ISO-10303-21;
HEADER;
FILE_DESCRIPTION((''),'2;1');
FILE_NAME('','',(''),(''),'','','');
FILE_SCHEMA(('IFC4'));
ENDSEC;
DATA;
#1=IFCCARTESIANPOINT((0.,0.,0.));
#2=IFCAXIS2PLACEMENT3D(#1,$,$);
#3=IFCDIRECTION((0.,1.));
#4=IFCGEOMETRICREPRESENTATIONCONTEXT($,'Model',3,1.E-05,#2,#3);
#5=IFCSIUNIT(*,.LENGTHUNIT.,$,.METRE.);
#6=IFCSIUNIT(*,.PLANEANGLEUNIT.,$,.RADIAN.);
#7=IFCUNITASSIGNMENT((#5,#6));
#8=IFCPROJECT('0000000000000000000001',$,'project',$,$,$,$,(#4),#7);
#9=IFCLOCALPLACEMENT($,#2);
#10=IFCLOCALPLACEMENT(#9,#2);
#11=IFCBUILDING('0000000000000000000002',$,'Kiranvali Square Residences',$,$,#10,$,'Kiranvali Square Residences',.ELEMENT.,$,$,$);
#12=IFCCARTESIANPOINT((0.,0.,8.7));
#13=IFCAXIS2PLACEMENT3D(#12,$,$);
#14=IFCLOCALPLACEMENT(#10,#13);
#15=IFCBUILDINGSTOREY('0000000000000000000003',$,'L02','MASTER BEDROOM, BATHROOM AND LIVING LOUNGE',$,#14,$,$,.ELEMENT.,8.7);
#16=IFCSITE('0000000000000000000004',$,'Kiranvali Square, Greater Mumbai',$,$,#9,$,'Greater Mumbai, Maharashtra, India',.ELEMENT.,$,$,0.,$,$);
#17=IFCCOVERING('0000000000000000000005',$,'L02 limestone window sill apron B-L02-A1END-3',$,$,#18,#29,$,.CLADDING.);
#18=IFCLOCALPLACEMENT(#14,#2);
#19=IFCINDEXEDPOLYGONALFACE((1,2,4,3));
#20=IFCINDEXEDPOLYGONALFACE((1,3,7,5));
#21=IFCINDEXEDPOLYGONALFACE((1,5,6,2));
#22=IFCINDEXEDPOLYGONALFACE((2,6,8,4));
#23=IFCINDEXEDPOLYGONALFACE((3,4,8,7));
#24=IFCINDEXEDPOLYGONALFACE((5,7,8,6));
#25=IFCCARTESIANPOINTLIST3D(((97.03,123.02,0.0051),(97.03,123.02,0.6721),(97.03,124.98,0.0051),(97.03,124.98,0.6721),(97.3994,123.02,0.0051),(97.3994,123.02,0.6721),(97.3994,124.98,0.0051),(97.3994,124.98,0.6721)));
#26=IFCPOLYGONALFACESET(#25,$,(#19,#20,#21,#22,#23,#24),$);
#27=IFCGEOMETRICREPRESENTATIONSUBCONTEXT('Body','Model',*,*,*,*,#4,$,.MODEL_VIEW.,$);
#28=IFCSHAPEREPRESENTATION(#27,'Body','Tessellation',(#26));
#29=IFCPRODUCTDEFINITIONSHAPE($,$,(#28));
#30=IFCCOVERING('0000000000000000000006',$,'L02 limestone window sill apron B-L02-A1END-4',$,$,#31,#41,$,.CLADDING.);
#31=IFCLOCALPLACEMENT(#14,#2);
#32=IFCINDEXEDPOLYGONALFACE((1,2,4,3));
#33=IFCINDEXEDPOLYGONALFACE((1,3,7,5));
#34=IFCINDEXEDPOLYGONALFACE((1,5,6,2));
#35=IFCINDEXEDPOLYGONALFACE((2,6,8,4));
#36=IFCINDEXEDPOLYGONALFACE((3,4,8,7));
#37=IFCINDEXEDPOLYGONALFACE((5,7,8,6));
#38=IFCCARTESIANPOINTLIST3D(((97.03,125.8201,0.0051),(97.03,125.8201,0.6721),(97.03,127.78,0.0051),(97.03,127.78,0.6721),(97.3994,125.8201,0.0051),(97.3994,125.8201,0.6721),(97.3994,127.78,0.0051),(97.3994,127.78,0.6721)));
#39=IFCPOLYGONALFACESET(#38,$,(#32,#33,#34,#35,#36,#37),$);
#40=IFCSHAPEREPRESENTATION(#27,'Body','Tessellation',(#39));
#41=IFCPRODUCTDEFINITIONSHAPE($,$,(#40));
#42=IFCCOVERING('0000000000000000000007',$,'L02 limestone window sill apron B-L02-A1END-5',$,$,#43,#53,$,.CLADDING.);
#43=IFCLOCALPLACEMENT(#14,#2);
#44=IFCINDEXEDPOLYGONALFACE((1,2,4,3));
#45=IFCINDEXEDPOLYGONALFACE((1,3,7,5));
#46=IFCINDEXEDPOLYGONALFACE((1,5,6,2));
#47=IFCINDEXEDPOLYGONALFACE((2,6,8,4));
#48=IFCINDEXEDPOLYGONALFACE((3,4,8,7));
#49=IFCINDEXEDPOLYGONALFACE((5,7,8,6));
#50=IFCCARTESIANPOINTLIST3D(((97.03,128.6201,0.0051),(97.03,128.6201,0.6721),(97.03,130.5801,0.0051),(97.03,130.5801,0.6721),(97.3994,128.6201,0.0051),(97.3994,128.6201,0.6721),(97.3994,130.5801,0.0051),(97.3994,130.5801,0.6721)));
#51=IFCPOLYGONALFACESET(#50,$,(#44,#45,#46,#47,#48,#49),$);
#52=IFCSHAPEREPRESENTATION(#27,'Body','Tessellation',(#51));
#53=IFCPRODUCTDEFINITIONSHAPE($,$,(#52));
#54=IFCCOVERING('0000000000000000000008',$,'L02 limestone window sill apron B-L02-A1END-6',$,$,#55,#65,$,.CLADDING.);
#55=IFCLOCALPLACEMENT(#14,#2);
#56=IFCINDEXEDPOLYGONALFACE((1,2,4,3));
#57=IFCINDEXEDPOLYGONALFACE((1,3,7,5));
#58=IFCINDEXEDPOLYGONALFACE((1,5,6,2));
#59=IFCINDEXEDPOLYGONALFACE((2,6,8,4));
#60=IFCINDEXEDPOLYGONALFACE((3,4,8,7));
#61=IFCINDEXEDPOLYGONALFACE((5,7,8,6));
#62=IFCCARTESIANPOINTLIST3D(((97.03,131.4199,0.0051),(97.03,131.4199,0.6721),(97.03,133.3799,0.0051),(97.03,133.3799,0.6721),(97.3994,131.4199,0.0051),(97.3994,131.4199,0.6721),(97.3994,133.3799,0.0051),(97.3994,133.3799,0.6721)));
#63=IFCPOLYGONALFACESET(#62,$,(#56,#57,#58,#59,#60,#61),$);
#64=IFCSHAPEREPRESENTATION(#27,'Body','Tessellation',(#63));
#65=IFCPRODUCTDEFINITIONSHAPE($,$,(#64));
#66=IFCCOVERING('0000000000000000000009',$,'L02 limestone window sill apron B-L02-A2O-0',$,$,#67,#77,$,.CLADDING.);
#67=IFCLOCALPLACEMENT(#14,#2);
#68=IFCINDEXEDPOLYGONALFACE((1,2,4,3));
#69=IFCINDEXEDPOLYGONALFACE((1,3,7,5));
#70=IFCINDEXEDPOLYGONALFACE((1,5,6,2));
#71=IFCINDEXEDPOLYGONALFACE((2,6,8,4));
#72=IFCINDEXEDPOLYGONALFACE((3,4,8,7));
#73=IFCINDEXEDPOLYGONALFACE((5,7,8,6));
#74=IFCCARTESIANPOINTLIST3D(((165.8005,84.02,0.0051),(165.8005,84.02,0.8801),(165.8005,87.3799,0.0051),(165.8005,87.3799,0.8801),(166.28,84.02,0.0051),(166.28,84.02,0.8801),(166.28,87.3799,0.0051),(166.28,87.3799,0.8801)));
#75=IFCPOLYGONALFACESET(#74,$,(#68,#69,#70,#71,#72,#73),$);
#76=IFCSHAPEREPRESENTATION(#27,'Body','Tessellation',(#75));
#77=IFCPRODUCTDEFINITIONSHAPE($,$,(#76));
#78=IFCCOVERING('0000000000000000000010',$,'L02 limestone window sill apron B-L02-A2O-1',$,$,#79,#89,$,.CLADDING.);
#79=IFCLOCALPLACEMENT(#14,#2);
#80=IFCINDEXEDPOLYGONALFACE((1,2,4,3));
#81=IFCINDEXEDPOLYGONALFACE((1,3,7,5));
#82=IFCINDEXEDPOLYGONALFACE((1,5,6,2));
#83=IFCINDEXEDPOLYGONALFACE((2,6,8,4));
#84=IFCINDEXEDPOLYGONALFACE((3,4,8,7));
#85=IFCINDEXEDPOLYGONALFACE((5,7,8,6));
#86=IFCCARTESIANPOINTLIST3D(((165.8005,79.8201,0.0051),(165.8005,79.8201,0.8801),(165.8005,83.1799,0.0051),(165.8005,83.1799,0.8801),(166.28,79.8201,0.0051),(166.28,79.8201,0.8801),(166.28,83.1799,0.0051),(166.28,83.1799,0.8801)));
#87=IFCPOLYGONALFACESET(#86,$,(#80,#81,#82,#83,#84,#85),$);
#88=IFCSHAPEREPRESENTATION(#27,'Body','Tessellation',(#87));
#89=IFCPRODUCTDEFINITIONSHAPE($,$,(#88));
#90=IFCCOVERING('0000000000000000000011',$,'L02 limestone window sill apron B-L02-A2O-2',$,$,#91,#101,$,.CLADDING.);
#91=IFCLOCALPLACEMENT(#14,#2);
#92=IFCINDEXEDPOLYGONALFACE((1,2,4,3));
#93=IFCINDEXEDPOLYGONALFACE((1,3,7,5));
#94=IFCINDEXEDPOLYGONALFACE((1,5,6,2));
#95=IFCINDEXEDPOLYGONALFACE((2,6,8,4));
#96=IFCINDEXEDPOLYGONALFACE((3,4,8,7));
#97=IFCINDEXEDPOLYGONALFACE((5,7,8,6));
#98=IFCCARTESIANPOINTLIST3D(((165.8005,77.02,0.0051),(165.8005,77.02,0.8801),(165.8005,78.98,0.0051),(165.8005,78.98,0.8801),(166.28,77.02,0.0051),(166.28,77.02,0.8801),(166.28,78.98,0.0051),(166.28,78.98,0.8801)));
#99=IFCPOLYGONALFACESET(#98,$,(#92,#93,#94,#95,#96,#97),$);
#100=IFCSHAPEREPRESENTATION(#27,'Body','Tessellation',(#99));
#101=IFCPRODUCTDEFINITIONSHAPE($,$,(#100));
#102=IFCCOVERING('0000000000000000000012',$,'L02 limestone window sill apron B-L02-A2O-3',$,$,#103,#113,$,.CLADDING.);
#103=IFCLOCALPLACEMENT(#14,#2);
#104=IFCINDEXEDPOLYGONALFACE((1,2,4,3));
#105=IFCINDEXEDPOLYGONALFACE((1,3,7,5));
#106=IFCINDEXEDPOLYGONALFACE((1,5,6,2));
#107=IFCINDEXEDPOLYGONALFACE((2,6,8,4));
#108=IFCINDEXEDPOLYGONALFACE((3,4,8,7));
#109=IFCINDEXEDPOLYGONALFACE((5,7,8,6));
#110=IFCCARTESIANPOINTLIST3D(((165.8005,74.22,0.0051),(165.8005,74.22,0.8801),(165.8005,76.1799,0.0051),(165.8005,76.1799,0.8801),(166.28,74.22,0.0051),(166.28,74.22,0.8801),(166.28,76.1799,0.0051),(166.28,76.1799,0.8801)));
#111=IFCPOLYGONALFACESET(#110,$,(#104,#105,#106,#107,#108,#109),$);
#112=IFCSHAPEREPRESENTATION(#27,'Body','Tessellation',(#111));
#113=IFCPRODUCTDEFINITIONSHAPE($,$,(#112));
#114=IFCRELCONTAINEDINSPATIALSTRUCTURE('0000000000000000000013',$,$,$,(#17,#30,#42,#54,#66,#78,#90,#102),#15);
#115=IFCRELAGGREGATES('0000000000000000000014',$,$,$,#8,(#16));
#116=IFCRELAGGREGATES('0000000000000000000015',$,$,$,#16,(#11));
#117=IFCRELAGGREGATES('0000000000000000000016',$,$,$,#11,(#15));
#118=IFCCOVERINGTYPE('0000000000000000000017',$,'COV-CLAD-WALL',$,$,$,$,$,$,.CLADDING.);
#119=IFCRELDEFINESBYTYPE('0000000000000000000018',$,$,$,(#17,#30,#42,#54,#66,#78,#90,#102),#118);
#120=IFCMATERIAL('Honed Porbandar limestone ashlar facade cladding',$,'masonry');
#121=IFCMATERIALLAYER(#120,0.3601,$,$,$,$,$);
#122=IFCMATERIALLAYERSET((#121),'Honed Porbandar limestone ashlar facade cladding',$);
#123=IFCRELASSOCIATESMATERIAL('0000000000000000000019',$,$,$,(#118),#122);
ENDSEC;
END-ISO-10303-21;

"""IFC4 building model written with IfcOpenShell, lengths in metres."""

from ifc_helpers import new_model, si_unit, direction, frame, origin, place, context, subcontext, project, spatial, polyline, outline, extrude, material, layer, layer_set, type_object, element, save


model = new_model("IFC4")

# Units and contexts
model_context = context("Model", 3, precision=1e-05, world=origin(), true_north=direction((0.0, 1.0)))
body_context = subcontext(model_context, "Body", "Model", "MODEL_VIEW")
ifc_project = project(units=[si_unit("LENGTHUNIT", "METRE"), si_unit("PLANEANGLEUNIT", "RADIAN")], contexts=[model_context])

# Site, building, storey
site_placement = place(None, origin())
site = spatial("IfcSite", under=ifc_project, at=site_placement, Name="Kiranvali Square, Greater Mumbai", LongName="Greater Mumbai, Maharashtra, India", CompositionType="ELEMENT", RefElevation=0.0)
building_placement = place(site_placement, origin())
building = spatial("IfcBuilding", under=site, at=building_placement, Name="Kiranvali Square Residences", LongName="Kiranvali Square Residences", CompositionType="ELEMENT")
storey_placement = place(building_placement, frame((0.0, 0.0, 8.7)))
storey = spatial("IfcBuildingStorey", under=building, at=storey_placement, Name="L02", Description="MASTER BEDROOM, BATHROOM AND LIVING LOUNGE", CompositionType="ELEMENT", Elevation=8.7)

# Coverings
ifc_material = material(Name="Honed Porbandar limestone ashlar facade cladding", Category="masonry")
ifc_layer_1 = layer(ifc_material, 0.3601)
ifc_layer_set_1 = layer_set([ifc_layer_1], Name="Honed Porbandar limestone ashlar facade cladding")
covering_type_1 = type_object("IfcCoveringType", Name="COV-CLAD-WALL", PredefinedType="CLADDING", material=ifc_layer_set_1)
covering_1_placement = place(storey_placement, frame((0.0, 0.0, 0.0051)))
element("IfcCovering", 1, at=covering_1_placement, inside=storey, type_object=covering_type_1, Name="L02 limestone window sill apron B-L02-A1END-3", PredefinedType="CLADDING", context=body_context, shape_type="SweptSolid", body=[
    extrude(outline(polyline([(97.3994, 123.02), (97.3994, 124.98), (97.03, 124.98), (97.03, 123.02), (97.3994, 123.02)])), origin(), (0.0, 0.0, 1.0), 0.667),
])
covering_2_placement = place(storey_placement, frame((0.0, 0.0, 0.0051)))
element("IfcCovering", 2, at=covering_2_placement, inside=storey, type_object=covering_type_1, Name="L02 limestone window sill apron B-L02-A1END-4", PredefinedType="CLADDING", context=body_context, shape_type="SweptSolid", body=[
    extrude(outline(polyline([(97.3994, 125.8201), (97.3994, 127.78), (97.03, 127.78), (97.03, 125.8201), (97.3994, 125.8201)])), origin(), (0.0, 0.0, 1.0), 0.667),
])
covering_3_placement = place(storey_placement, frame((0.0, 0.0, 0.0051)))
element("IfcCovering", 3, at=covering_3_placement, inside=storey, type_object=covering_type_1, Name="L02 limestone window sill apron B-L02-A1END-5", PredefinedType="CLADDING", context=body_context, shape_type="SweptSolid", body=[
    extrude(outline(polyline([(97.3994, 128.6201), (97.3994, 130.5801), (97.03, 130.5801), (97.03, 128.6201), (97.3994, 128.6201)])), origin(), (0.0, 0.0, 1.0), 0.667),
])
covering_4_placement = place(storey_placement, frame((0.0, 0.0, 0.0051)))
element("IfcCovering", 4, at=covering_4_placement, inside=storey, type_object=covering_type_1, Name="L02 limestone window sill apron B-L02-A1END-6", PredefinedType="CLADDING", context=body_context, shape_type="SweptSolid", body=[
    extrude(outline(polyline([(97.3994, 131.4199), (97.3994, 133.3799), (97.03, 133.3799), (97.03, 131.4199), (97.3994, 131.4199)])), origin(), (0.0, 0.0, 1.0), 0.667),
])
covering_5_placement = place(storey_placement, frame((0.0, 0.0, 0.0051)))
element("IfcCovering", 5, at=covering_5_placement, inside=storey, type_object=covering_type_1, Name="L02 limestone window sill apron B-L02-A2O-0", PredefinedType="CLADDING", context=body_context, shape_type="SweptSolid", body=[
    extrude(outline(polyline([(165.8005, 87.3799), (165.8005, 84.02), (166.28, 84.02), (166.28, 87.3799), (165.8005, 87.3799)])), origin(), (0.0, 0.0, 1.0), 0.875),
])
covering_6_placement = place(storey_placement, frame((0.0, 0.0, 0.0051)))
element("IfcCovering", 6, at=covering_6_placement, inside=storey, type_object=covering_type_1, Name="L02 limestone window sill apron B-L02-A2O-1", PredefinedType="CLADDING", context=body_context, shape_type="SweptSolid", body=[
    extrude(outline(polyline([(165.8005, 83.1799), (165.8005, 79.8201), (166.28, 79.8201), (166.28, 83.1799), (165.8005, 83.1799)])), origin(), (0.0, 0.0, 1.0), 0.875),
])
covering_7_placement = place(storey_placement, frame((0.0, 0.0, 0.0051)))
element("IfcCovering", 7, at=covering_7_placement, inside=storey, type_object=covering_type_1, Name="L02 limestone window sill apron B-L02-A2O-2", PredefinedType="CLADDING", context=body_context, shape_type="SweptSolid", body=[
    extrude(outline(polyline([(165.8005, 78.98), (165.8005, 77.02), (166.28, 77.02), (166.28, 78.98), (165.8005, 78.98)])), origin(), (0.0, 0.0, 1.0), 0.875),
])
covering_8_placement = place(storey_placement, frame((0.0, 0.0, 0.0051)))
element("IfcCovering", 8, at=covering_8_placement, inside=storey, type_object=covering_type_1, Name="L02 limestone window sill apron B-L02-A2O-3", PredefinedType="CLADDING", context=body_context, shape_type="SweptSolid", body=[
    extrude(outline(polyline([(165.8005, 76.1799), (165.8005, 74.22), (166.28, 74.22), (166.28, 76.1799), (165.8005, 76.1799)])), origin(), (0.0, 0.0, 1.0), 0.875),
])

save(model, "model.ifc")
